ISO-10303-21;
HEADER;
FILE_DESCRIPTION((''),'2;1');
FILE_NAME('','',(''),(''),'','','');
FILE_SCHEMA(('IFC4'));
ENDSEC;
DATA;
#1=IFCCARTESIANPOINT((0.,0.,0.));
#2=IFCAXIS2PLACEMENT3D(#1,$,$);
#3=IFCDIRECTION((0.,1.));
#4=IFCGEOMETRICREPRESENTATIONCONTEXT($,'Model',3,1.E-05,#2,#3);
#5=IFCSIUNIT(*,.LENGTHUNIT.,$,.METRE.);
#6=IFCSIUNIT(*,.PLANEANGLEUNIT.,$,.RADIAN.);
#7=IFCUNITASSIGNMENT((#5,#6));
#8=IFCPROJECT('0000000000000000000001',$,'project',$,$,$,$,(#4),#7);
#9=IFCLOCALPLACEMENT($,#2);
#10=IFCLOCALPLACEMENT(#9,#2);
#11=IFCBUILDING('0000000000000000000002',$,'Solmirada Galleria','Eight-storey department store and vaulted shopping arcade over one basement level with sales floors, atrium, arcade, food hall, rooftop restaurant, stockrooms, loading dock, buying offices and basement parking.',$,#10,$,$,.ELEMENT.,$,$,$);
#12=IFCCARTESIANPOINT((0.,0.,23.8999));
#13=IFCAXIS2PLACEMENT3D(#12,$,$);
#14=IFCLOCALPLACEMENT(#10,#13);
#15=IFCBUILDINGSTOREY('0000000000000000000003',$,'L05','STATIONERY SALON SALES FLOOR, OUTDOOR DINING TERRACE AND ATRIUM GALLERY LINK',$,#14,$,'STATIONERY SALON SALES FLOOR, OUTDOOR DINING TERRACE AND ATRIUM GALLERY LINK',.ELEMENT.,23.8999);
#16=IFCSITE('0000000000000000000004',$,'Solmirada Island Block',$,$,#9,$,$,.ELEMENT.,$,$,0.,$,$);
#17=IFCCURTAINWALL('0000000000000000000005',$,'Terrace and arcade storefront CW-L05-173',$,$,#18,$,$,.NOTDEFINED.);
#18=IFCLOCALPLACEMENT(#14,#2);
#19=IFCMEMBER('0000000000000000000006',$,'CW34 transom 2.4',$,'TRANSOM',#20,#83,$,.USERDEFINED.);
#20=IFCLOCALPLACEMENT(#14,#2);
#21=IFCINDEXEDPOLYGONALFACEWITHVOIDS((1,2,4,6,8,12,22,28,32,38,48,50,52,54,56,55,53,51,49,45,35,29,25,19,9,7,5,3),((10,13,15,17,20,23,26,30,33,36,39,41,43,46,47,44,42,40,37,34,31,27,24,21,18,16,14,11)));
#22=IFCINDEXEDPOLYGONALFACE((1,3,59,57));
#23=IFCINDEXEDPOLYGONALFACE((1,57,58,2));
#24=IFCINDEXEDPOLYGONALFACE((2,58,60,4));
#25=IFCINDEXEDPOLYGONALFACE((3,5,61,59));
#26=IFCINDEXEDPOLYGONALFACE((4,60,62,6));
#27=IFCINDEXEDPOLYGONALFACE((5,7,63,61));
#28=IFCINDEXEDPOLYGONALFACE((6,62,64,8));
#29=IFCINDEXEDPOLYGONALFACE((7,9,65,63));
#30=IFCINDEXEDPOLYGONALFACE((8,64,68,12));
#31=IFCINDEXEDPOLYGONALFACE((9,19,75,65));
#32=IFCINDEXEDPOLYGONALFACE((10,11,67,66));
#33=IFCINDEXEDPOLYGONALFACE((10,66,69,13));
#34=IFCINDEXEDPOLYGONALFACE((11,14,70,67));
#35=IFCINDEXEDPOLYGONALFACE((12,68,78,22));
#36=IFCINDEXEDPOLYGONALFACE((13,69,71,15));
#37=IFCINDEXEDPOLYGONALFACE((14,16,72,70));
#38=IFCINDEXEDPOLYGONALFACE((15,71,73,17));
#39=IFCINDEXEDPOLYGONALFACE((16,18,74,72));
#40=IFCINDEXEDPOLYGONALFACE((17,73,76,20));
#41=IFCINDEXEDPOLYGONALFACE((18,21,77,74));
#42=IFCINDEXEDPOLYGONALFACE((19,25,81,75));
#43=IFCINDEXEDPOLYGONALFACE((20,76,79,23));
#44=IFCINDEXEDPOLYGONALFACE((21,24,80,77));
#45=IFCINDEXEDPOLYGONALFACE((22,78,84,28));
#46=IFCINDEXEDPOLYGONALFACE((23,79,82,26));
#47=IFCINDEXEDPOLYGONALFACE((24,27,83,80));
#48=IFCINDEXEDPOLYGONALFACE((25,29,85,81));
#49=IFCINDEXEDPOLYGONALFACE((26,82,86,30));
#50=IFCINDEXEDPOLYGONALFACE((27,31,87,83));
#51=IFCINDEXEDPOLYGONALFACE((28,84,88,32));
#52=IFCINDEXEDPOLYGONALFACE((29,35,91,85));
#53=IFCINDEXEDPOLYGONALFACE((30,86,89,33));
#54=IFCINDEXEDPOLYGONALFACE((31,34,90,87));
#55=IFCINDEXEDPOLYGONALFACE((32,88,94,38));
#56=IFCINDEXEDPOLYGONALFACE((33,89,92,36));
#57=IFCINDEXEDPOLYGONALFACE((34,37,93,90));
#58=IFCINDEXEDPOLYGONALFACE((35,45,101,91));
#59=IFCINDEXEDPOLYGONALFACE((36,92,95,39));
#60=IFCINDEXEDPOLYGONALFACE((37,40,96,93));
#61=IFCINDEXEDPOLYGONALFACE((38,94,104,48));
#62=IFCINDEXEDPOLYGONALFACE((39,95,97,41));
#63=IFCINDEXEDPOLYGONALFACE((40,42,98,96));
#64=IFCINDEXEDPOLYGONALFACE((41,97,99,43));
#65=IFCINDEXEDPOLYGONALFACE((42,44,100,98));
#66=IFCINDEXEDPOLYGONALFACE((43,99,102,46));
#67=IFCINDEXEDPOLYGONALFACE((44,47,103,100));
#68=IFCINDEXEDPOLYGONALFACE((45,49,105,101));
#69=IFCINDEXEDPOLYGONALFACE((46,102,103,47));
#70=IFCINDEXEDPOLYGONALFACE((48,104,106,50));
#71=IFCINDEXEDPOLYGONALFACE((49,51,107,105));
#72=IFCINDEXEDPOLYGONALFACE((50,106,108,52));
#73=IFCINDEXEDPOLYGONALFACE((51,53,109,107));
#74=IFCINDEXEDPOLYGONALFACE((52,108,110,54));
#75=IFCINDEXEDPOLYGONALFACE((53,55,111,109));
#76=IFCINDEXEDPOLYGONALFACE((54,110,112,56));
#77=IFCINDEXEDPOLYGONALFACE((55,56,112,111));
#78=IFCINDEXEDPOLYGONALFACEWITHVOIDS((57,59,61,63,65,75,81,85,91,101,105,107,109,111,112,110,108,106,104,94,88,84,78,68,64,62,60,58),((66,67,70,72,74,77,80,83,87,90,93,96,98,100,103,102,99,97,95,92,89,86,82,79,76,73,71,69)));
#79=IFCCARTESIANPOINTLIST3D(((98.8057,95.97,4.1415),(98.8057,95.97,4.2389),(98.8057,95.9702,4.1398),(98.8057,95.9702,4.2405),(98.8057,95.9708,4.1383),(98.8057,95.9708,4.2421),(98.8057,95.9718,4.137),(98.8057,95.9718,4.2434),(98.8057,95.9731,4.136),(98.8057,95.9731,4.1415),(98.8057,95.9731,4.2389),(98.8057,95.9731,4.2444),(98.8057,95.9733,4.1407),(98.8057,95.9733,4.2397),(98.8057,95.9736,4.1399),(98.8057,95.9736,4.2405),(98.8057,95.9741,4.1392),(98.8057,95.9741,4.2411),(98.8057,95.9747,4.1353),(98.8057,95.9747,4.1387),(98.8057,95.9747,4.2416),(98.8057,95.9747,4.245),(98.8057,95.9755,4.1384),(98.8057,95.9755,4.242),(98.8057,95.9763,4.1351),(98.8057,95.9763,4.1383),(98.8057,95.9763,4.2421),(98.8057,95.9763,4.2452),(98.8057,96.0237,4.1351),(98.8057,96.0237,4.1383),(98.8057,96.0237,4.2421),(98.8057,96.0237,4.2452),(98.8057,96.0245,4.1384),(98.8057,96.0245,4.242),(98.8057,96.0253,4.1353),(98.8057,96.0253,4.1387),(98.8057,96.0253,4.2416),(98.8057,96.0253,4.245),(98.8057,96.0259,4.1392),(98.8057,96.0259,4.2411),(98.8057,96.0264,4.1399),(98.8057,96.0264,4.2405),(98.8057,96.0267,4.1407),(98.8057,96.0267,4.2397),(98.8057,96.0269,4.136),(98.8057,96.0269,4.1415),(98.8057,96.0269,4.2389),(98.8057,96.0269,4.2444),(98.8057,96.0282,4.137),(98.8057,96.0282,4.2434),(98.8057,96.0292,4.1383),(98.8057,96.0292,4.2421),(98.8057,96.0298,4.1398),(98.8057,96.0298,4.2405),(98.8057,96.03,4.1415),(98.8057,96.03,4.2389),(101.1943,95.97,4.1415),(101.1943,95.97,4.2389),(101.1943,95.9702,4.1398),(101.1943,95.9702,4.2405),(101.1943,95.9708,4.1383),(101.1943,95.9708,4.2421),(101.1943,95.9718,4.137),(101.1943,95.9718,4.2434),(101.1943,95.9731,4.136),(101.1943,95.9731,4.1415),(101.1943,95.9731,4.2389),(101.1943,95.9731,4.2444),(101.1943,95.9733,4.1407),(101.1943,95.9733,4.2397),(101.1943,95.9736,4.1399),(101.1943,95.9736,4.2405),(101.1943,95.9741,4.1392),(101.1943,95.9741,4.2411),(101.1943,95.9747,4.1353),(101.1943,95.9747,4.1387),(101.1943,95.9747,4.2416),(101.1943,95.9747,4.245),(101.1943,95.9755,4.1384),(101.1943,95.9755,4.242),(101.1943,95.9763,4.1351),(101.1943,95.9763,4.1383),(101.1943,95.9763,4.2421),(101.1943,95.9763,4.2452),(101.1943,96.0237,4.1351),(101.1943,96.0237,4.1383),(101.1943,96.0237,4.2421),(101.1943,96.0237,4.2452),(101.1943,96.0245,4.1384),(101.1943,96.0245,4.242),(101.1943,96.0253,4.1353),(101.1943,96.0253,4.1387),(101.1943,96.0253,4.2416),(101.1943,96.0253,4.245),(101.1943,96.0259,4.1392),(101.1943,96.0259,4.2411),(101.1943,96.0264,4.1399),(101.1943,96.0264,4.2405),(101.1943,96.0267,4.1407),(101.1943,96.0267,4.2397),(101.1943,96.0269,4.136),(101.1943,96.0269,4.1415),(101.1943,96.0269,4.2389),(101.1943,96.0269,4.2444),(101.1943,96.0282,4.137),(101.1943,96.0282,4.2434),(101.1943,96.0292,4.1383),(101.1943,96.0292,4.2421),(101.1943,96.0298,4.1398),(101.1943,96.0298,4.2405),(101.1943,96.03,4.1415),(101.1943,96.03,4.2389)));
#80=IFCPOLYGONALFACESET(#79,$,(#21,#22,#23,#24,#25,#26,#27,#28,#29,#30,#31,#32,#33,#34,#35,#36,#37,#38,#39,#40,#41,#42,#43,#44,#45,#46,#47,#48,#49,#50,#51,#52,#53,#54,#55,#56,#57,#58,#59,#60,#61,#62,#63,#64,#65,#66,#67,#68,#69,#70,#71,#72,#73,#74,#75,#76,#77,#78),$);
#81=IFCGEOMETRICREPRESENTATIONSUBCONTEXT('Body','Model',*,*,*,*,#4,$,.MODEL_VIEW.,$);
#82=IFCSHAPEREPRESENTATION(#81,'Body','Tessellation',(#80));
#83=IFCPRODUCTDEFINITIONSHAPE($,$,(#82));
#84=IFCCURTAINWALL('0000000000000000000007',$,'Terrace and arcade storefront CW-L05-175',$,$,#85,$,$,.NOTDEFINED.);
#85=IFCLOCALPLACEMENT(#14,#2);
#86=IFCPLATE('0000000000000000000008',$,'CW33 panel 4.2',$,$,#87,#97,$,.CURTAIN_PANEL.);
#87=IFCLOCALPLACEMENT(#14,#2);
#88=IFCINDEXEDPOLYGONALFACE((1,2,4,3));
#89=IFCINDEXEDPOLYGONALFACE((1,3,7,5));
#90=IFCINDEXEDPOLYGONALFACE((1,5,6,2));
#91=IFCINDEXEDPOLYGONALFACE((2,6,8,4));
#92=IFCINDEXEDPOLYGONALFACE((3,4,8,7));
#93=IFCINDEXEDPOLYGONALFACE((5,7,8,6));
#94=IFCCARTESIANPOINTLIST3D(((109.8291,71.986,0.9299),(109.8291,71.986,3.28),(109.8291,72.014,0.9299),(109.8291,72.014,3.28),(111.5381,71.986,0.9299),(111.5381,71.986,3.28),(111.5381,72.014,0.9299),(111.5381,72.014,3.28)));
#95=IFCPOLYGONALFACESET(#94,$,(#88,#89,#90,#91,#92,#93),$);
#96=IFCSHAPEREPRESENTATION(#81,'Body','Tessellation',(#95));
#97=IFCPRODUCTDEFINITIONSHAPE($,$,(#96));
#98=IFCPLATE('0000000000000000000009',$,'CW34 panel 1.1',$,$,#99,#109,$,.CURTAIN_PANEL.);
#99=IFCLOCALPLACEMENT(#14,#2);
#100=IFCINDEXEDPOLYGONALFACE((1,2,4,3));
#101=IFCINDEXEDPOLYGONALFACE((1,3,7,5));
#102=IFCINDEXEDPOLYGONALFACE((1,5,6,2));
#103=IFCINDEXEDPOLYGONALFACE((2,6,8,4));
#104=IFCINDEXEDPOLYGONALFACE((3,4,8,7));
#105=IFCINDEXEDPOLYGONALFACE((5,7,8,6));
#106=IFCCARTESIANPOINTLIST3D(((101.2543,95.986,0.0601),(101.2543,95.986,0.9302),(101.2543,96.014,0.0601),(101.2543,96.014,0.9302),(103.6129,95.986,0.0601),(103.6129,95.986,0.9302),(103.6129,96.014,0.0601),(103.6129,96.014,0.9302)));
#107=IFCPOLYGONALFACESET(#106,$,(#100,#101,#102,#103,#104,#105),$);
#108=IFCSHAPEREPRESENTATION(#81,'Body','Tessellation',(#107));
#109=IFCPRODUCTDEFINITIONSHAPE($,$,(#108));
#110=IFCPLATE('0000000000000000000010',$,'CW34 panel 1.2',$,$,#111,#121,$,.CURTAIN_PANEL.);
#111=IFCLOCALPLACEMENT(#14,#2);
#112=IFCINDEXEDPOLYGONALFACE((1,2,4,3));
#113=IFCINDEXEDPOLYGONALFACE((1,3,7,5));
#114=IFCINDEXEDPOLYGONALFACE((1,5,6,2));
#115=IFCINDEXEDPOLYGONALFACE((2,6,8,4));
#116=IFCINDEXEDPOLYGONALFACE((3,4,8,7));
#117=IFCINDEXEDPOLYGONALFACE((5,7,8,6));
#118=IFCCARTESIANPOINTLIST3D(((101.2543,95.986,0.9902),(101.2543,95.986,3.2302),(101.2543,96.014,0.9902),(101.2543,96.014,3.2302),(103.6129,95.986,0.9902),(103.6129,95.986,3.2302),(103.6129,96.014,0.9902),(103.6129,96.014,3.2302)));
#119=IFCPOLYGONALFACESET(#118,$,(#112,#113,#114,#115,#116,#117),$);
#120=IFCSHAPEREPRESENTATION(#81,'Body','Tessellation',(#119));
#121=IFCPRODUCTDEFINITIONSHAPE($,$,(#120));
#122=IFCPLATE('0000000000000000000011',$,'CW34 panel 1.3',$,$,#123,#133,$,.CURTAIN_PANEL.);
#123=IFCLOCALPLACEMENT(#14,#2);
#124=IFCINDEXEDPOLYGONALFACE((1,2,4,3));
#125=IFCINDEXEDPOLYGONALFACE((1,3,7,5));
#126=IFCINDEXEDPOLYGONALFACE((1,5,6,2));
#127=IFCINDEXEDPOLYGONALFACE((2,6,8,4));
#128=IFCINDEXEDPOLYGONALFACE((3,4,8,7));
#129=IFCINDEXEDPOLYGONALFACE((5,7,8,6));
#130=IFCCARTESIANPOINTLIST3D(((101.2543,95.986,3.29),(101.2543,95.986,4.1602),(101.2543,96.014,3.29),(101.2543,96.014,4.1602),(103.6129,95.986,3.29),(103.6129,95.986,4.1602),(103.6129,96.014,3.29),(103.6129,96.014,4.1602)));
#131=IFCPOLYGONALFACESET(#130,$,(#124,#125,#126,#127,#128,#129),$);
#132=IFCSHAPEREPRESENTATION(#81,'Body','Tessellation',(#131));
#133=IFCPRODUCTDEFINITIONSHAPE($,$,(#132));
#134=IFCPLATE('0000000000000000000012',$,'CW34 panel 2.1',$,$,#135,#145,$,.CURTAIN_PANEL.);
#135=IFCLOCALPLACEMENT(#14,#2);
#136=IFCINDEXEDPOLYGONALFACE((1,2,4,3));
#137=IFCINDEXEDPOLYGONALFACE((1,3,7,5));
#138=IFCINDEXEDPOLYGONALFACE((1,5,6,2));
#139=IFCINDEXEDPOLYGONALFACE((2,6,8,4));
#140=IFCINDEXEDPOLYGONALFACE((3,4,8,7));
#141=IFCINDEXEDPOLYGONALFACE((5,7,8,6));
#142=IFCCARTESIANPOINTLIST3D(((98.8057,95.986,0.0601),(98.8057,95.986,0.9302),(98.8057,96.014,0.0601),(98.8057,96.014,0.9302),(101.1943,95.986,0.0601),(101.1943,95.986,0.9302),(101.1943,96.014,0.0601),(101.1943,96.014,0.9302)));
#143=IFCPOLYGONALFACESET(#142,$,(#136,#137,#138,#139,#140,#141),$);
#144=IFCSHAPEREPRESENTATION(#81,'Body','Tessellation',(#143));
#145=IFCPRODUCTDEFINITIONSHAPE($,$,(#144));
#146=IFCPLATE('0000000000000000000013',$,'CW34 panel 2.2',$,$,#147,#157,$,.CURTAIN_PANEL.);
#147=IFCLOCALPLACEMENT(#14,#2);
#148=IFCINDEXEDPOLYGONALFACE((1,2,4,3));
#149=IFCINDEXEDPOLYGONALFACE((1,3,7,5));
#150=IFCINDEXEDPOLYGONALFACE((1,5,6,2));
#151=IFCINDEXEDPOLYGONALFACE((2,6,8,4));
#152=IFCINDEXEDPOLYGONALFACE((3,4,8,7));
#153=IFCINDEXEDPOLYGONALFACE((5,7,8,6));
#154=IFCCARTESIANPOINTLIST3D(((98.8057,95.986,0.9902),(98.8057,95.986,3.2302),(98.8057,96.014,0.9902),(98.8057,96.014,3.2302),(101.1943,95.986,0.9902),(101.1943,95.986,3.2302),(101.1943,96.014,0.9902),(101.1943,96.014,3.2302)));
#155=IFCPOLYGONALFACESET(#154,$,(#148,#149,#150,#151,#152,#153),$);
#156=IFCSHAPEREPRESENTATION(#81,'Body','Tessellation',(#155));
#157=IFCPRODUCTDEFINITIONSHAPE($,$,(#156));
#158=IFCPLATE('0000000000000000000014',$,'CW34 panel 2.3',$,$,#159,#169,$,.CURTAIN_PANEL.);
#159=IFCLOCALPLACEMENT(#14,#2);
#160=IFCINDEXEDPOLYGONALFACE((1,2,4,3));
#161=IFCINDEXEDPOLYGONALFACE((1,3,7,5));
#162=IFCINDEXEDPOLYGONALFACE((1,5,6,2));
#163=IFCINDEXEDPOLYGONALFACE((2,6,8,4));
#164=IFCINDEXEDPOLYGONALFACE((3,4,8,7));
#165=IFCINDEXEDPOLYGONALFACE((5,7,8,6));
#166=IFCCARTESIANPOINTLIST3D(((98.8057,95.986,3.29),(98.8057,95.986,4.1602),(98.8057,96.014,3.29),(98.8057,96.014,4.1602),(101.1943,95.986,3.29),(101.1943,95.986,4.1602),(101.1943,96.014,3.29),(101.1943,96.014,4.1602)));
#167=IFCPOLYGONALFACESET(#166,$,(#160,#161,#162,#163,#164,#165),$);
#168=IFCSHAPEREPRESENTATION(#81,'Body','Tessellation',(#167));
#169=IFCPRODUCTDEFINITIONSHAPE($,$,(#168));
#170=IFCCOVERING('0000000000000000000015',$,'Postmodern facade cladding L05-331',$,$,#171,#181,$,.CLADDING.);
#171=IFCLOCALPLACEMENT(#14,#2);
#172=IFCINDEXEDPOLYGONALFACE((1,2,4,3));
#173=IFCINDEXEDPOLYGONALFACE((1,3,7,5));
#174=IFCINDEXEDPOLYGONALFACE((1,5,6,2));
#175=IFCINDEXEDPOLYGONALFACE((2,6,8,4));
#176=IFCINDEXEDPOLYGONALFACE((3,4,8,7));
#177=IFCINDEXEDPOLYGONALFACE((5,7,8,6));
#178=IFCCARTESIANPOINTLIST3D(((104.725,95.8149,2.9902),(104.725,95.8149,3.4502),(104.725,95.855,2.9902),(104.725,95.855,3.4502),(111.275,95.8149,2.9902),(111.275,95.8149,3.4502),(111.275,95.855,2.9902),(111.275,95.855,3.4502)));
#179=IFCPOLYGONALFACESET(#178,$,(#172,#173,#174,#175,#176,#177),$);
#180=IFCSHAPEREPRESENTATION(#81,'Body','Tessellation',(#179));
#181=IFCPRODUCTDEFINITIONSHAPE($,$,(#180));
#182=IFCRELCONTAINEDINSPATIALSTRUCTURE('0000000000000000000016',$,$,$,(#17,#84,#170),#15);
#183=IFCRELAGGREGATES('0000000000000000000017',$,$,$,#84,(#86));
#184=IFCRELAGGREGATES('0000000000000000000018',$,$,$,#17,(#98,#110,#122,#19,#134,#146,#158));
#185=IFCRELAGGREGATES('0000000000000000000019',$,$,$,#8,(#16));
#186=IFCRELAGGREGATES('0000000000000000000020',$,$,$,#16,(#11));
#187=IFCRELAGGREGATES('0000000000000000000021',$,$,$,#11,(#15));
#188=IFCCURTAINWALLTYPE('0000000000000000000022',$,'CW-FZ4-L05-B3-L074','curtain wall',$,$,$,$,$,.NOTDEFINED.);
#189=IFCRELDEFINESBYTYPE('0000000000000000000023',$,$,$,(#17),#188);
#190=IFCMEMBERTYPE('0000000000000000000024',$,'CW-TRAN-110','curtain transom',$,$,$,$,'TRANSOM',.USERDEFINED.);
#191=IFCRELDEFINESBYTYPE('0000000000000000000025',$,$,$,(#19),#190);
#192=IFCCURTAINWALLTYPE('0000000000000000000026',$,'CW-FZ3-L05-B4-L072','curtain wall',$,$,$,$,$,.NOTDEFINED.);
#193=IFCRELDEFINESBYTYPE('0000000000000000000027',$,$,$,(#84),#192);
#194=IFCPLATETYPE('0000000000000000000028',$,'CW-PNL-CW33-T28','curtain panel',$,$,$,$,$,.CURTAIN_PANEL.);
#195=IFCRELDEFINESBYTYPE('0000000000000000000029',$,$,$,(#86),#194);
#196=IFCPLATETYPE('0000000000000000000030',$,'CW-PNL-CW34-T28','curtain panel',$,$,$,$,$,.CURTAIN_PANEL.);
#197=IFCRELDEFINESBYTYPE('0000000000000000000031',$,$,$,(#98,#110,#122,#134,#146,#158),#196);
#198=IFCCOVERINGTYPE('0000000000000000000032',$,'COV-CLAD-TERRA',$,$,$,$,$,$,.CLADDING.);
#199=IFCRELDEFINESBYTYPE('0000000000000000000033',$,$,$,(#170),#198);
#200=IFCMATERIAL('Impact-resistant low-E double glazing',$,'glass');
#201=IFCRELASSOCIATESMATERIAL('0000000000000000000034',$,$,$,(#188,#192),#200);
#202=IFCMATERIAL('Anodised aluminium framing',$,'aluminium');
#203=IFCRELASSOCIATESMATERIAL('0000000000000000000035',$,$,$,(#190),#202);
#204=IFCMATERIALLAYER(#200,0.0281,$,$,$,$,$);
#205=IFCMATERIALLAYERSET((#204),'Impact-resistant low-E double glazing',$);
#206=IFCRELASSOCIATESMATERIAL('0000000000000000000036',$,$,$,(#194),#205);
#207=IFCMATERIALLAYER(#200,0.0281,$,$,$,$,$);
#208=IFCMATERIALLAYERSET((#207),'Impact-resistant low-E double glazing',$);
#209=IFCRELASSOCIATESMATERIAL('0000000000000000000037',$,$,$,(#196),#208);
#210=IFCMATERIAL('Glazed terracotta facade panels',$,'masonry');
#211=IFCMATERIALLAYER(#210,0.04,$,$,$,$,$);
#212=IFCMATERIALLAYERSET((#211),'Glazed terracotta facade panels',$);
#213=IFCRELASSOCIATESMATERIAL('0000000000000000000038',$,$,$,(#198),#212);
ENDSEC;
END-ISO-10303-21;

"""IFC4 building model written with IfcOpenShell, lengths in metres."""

from ifc_helpers import new_model, si_unit, direction, frame, origin, origin_2d, place, context, subcontext, project, spatial, rectangle, hollow_rectangle, extrude, material, layer, layer_set, material_profile, profile_set, type_object, element, aggregate, save


model = new_model("IFC4")

# Units and contexts
model_context = context("Model", 3, precision=1e-05, world=origin(), true_north=direction((0.0, 1.0)))
body_context = subcontext(model_context, "Body", "Model", "MODEL_VIEW")
ifc_project = project(units=[si_unit("LENGTHUNIT", "METRE"), si_unit("PLANEANGLEUNIT", "RADIAN")], contexts=[model_context])

# Site, building, storey
site_placement = place(None, origin())
site = spatial("IfcSite", under=ifc_project, at=site_placement, Name="Solmirada Island Block", CompositionType="ELEMENT", RefElevation=0.0)
building_placement = place(site_placement, origin())
building = spatial("IfcBuilding", under=site, at=building_placement, Name="Solmirada Galleria", Description="Eight-storey department store and vaulted shopping arcade over one basement level with sales floors, atrium, arcade, food hall, rooftop restaurant, stockrooms, loading dock, buying offices and basement parking.", CompositionType="ELEMENT")
storey_placement = place(building_placement, frame((0.0, 0.0, 23.8999)))
storey = spatial("IfcBuildingStorey", under=building, at=storey_placement, Name="L05", Description="STATIONERY SALON SALES FLOOR, OUTDOOR DINING TERRACE AND ATRIUM GALLERY LINK", LongName="STATIONERY SALON SALES FLOOR, OUTDOOR DINING TERRACE AND ATRIUM GALLERY LINK", CompositionType="ELEMENT", Elevation=23.8999)

# Curtain wall, member
ifc_material_1 = material(Name="Impact-resistant low-E double glazing", Category="glass")
curtain_wall_type_1 = type_object("IfcCurtainWallType", Name="CW-FZ4-L05-B3-L074", Description="curtain wall", PredefinedType="NOTDEFINED", material=ifc_material_1)
curtain_wall_1_placement = place(storey_placement, origin())
curtain_wall_1 = element("IfcCurtainWall", 1, at=curtain_wall_1_placement, inside=storey, type_object=curtain_wall_type_1, Name="Terrace and arcade storefront CW-L05-173", PredefinedType="NOTDEFINED")
ifc_material_2 = material(Name="Anodised aluminium framing", Category="aluminium")
ifc_material_profile_1 = material_profile(ifc_material_2, hollow_rectangle(XDim=0.0601, YDim=0.1101, WallThickness=0.0032, InnerFilletRadius=0.0032, OuterFilletRadius=0.0063, at=origin_2d()), Name="ALU-TRAN-110X60")
ifc_profile_set_1 = profile_set([ifc_material_profile_1], Name="Anodised aluminium framing")
member_type_1 = type_object("IfcMemberType", Name="CW-TRAN-110", Description="curtain transom", ElementType="TRANSOM", PredefinedType="USERDEFINED", material=ifc_profile_set_1)
member_1_placement = place(storey_placement, frame((101.1943, 96.0, 4.1902), z_axis=(-1.0, 0.0, 0.0), x_axis=(0.0, -1.0, 0.0)))
member_1 = element("IfcMember", 2, at=member_1_placement, type_object=member_type_1, Name="CW34 transom 2.4", ObjectType="TRANSOM", PredefinedType="USERDEFINED", context=body_context, shape_type="SweptSolid", body=[
    extrude(hollow_rectangle(XDim=0.0601, YDim=0.1101, WallThickness=0.0032, InnerFilletRadius=0.0032, OuterFilletRadius=0.0063, at=origin_2d()), origin(), (0.0, 0.0, 1.0), 2.3887),
])

# Curtain wall, plate
curtain_wall_type_2 = type_object("IfcCurtainWallType", Name="CW-FZ3-L05-B4-L072", Description="curtain wall", PredefinedType="NOTDEFINED", material=ifc_material_1)
curtain_wall_2_placement = place(storey_placement, origin())
curtain_wall_2 = element("IfcCurtainWall", 3, at=curtain_wall_2_placement, inside=storey, type_object=curtain_wall_type_2, Name="Terrace and arcade storefront CW-L05-175", PredefinedType="NOTDEFINED")
ifc_layer_1 = layer(ifc_material_1, 0.0281)
ifc_layer_set_1 = layer_set([ifc_layer_1], Name="Impact-resistant low-E double glazing")
plate_type_1 = type_object("IfcPlateType", Name="CW-PNL-CW33-T28", Description="curtain panel", PredefinedType="CURTAIN_PANEL", material=ifc_layer_set_1)
plate_1_placement = place(storey_placement, frame((110.6836, 72.0, 0.9299), z_axis=(0.0, 0.0, 1.0), x_axis=(1.0, 0.0, 0.0)))
plate_1 = element("IfcPlate", 4, at=plate_1_placement, type_object=plate_type_1, Name="CW33 panel 4.2", PredefinedType="CURTAIN_PANEL", context=body_context, shape_type="SweptSolid", body=[
    extrude(rectangle(XDim=1.709, YDim=0.0281, at=origin_2d()), origin(), (0.0, 0.0, 1.0), 2.3501),
])
aggregate(curtain_wall_2, [plate_1])

# Plates
ifc_layer_2 = layer(ifc_material_1, 0.0281)
ifc_layer_set_2 = layer_set([ifc_layer_2], Name="Impact-resistant low-E double glazing")
plate_type_2 = type_object("IfcPlateType", Name="CW-PNL-CW34-T28", Description="curtain panel", PredefinedType="CURTAIN_PANEL", material=ifc_layer_set_2)
plate_2_placement = place(storey_placement, frame((102.4336, 96.0, 0.0601), z_axis=(0.0, 0.0, 1.0), x_axis=(-1.0, 0.0, 0.0)))
plate_2 = element("IfcPlate", 5, at=plate_2_placement, type_object=plate_type_2, Name="CW34 panel 1.1", PredefinedType="CURTAIN_PANEL", context=body_context, shape_type="SweptSolid", body=[
    extrude(rectangle(XDim=2.3586, YDim=0.0281, at=origin_2d()), origin(), (0.0, 0.0, 1.0), 0.8701),
])
plate_3_placement = place(storey_placement, frame((102.4336, 96.0, 0.9902), z_axis=(0.0, 0.0, 1.0), x_axis=(-1.0, 0.0, 0.0)))
plate_3 = element("IfcPlate", 6, at=plate_3_placement, type_object=plate_type_2, Name="CW34 panel 1.2", PredefinedType="CURTAIN_PANEL", context=body_context, shape_type="SweptSolid", body=[
    extrude(rectangle(XDim=2.3586, YDim=0.0281, at=origin_2d()), origin(), (0.0, 0.0, 1.0), 2.24),
])
plate_4_placement = place(storey_placement, frame((102.4336, 96.0, 3.29), z_axis=(0.0, 0.0, 1.0), x_axis=(-1.0, 0.0, 0.0)))
plate_4 = element("IfcPlate", 7, at=plate_4_placement, type_object=plate_type_2, Name="CW34 panel 1.3", PredefinedType="CURTAIN_PANEL", context=body_context, shape_type="SweptSolid", body=[
    extrude(rectangle(XDim=2.3586, YDim=0.0281, at=origin_2d()), origin(), (0.0, 0.0, 1.0), 0.8701),
])
plate_5_placement = place(storey_placement, frame((100.0, 96.0, 0.0601), z_axis=(0.0, 0.0, 1.0), x_axis=(-1.0, 0.0, 0.0)))
plate_5 = element("IfcPlate", 8, at=plate_5_placement, type_object=plate_type_2, Name="CW34 panel 2.1", PredefinedType="CURTAIN_PANEL", context=body_context, shape_type="SweptSolid", body=[
    extrude(rectangle(XDim=2.3887, YDim=0.0281, at=origin_2d()), origin(), (0.0, 0.0, 1.0), 0.8701),
])
plate_6_placement = place(storey_placement, frame((100.0, 96.0, 0.9902), z_axis=(0.0, 0.0, 1.0), x_axis=(-1.0, 0.0, 0.0)))
plate_6 = element("IfcPlate", 9, at=plate_6_placement, type_object=plate_type_2, Name="CW34 panel 2.2", PredefinedType="CURTAIN_PANEL", context=body_context, shape_type="SweptSolid", body=[
    extrude(rectangle(XDim=2.3887, YDim=0.0281, at=origin_2d()), origin(), (0.0, 0.0, 1.0), 2.24),
])
plate_7_placement = place(storey_placement, frame((100.0, 96.0, 3.29), z_axis=(0.0, 0.0, 1.0), x_axis=(-1.0, 0.0, 0.0)))
plate_7 = element("IfcPlate", 10, at=plate_7_placement, type_object=plate_type_2, Name="CW34 panel 2.3", PredefinedType="CURTAIN_PANEL", context=body_context, shape_type="SweptSolid", body=[
    extrude(rectangle(XDim=2.3887, YDim=0.0281, at=origin_2d()), origin(), (0.0, 0.0, 1.0), 0.8701),
])
aggregate(curtain_wall_1, [plate_2, plate_3, plate_4, member_1, plate_5, plate_6, plate_7])

# Covering
ifc_material_3 = material(Name="Glazed terracotta facade panels", Category="masonry")
ifc_layer_3 = layer(ifc_material_3, 0.04)
ifc_layer_set_3 = layer_set([ifc_layer_3], Name="Glazed terracotta facade panels")
covering_type = type_object("IfcCoveringType", Name="COV-CLAD-TERRA", PredefinedType="CLADDING", material=ifc_layer_set_3)
covering_placement = place(storey_placement, frame((108.0, 95.835, 2.9902), z_axis=(0.0, 0.0, 1.0), x_axis=(-1.0, 0.0, 0.0)))
element("IfcCovering", 11, at=covering_placement, inside=storey, type_object=covering_type, Name="Postmodern facade cladding L05-331", PredefinedType="CLADDING", context=body_context, shape_type="SweptSolid", body=[
    extrude(rectangle(XDim=6.55, YDim=0.04, at=origin_2d()), origin(), (0.0, 0.0, 1.0), 0.46),
])

save(model, "model.ifc")
